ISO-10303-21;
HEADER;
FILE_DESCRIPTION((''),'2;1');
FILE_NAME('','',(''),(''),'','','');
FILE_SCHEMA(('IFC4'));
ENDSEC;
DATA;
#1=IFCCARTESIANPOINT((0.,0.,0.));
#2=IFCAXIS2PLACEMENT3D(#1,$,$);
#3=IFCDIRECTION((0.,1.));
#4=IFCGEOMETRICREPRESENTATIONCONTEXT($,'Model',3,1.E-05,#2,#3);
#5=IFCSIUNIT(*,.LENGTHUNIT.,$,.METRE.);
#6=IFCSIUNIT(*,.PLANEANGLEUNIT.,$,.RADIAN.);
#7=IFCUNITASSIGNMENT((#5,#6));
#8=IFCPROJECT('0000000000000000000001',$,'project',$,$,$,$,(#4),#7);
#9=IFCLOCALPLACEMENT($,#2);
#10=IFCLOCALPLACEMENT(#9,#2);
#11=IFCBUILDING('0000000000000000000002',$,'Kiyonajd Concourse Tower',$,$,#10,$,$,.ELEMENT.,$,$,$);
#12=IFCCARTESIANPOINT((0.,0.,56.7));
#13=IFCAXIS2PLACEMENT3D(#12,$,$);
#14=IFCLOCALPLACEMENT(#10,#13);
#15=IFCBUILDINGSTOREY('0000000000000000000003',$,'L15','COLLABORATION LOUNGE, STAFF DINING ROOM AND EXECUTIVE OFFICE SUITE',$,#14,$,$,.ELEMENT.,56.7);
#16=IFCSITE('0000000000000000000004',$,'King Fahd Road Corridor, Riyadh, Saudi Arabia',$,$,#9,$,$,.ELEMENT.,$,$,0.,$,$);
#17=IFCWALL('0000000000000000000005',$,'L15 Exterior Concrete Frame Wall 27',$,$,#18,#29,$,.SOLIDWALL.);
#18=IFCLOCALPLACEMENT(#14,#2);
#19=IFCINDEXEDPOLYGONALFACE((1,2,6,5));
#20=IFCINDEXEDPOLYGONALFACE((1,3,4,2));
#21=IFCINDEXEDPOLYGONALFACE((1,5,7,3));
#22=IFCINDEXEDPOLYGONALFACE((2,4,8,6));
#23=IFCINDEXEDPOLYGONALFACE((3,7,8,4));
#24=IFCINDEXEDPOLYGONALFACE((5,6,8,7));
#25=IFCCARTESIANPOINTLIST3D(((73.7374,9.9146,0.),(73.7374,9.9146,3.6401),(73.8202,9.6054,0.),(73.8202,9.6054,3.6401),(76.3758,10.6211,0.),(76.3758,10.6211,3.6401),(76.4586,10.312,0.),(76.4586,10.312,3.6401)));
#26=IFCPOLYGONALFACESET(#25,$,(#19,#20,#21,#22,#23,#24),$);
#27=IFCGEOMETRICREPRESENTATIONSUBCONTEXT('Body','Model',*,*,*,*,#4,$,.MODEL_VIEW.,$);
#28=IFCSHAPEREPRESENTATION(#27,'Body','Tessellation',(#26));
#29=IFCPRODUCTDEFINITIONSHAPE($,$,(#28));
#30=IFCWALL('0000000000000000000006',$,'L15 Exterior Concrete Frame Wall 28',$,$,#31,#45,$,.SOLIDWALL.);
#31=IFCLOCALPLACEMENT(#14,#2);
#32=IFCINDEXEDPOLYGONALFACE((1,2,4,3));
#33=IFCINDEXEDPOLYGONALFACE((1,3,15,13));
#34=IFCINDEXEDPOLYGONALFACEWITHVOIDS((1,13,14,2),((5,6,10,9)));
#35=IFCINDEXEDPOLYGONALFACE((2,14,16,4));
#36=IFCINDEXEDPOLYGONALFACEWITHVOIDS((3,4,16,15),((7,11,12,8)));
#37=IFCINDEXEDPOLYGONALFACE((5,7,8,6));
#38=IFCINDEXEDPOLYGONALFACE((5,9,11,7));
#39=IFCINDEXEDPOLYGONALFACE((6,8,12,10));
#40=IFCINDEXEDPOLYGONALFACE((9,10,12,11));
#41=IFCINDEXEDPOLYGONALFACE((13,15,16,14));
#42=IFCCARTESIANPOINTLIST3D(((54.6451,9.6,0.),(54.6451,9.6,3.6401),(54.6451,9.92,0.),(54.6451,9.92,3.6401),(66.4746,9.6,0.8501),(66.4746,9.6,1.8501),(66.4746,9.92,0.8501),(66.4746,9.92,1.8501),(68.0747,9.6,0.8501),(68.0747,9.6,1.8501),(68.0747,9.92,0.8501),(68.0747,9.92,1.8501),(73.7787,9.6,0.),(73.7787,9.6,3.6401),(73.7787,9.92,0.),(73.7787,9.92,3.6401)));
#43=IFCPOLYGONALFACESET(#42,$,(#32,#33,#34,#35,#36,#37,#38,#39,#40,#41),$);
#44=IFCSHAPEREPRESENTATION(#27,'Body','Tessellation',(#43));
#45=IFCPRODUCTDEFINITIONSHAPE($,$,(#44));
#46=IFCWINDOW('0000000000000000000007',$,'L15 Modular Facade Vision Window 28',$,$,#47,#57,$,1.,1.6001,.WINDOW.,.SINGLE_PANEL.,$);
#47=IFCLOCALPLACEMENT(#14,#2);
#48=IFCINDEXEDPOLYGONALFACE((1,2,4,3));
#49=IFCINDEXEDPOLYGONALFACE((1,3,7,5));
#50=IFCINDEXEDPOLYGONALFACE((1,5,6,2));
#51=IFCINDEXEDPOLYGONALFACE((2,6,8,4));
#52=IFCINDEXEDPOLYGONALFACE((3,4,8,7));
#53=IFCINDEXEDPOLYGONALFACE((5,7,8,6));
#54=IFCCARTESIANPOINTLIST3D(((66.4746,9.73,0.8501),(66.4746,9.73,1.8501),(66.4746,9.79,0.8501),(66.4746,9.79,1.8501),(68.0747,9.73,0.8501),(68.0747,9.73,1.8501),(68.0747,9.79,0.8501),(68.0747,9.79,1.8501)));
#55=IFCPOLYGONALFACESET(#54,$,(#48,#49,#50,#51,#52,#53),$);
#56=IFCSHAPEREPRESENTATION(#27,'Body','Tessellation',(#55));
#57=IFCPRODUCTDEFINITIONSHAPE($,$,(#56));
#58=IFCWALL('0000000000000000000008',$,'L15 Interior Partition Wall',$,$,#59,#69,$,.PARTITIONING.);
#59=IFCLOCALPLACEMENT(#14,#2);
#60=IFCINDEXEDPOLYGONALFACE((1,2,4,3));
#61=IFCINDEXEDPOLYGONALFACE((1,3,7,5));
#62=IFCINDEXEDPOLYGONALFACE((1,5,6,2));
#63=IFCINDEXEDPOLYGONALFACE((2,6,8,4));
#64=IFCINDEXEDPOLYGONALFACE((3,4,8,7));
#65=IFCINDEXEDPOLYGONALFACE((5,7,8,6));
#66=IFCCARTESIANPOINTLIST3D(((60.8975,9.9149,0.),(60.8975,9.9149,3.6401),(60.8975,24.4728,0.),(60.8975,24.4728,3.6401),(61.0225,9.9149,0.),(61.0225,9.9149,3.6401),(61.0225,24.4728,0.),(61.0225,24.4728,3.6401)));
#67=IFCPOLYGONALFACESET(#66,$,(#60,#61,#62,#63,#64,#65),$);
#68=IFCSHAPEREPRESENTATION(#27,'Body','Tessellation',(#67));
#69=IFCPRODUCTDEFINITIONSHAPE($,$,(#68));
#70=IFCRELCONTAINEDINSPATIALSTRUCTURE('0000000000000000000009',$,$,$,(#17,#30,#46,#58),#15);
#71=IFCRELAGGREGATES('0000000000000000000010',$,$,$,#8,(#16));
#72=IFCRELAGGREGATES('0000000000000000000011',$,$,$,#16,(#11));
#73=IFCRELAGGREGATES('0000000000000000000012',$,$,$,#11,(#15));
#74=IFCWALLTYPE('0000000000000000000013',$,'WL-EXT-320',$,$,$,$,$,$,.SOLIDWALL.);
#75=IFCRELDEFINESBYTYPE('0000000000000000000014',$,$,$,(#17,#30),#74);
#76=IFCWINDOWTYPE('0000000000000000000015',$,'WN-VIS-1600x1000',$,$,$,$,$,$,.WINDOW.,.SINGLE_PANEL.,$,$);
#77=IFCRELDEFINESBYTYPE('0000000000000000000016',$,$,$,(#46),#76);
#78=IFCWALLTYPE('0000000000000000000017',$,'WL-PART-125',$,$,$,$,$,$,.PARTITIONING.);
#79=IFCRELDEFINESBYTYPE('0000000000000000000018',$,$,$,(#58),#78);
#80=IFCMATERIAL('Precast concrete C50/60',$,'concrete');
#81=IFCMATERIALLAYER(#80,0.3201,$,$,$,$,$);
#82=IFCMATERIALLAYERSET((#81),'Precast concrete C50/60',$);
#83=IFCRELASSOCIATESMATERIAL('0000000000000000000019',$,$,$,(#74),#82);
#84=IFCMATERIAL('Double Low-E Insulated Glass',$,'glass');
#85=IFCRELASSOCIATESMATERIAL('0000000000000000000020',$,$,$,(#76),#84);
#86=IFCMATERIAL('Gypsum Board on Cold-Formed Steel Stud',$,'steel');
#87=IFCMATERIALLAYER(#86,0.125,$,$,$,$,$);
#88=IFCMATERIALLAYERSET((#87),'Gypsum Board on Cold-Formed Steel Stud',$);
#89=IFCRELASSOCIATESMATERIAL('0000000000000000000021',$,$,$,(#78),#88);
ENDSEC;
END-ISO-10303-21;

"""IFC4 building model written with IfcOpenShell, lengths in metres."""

from ifc_helpers import new_model, si_unit, direction, frame, frame_2d, origin, place, context, subcontext, project, spatial, rectangle, extrude, material, layer, layer_set, type_object, element, fill, save


model = new_model("IFC4")

# Units and contexts
model_context = context("Model", 3, precision=1e-05, world=origin(), true_north=direction((0.0, 1.0)))
body_context = subcontext(model_context, "Body", "Model", "MODEL_VIEW")
ifc_project = project(units=[si_unit("LENGTHUNIT", "METRE"), si_unit("PLANEANGLEUNIT", "RADIAN")], contexts=[model_context])

# Site, building, storey
site_placement = place(None, origin())
site = spatial("IfcSite", under=ifc_project, at=site_placement, Name="King Fahd Road Corridor, Riyadh, Saudi Arabia", CompositionType="ELEMENT", RefElevation=0.0)
building_placement = place(site_placement, origin())
building = spatial("IfcBuilding", under=site, at=building_placement, Name="Kiyonajd Concourse Tower", CompositionType="ELEMENT")
storey_placement = place(building_placement, frame((0.0, 0.0, 56.7)))
storey = spatial("IfcBuildingStorey", under=building, at=storey_placement, Name="L15", Description="COLLABORATION LOUNGE, STAFF DINING ROOM AND EXECUTIVE OFFICE SUITE", CompositionType="ELEMENT", Elevation=56.7)

# Shared definitions
ifc_material_1 = material(Name="Precast concrete C50/60", Category="concrete")

# Shared definitions
ifc_material_2 = material(Name="Double Low-E Insulated Glass", Category="glass")

# Wall
ifc_layer_1 = layer(ifc_material_1, 0.3201)
ifc_layer_set_1 = layer_set([ifc_layer_1], Name="Precast concrete C50/60")
wall_type_1 = type_object("IfcWallType", Name="WL-EXT-320", PredefinedType="SOLIDWALL", material=ifc_layer_set_1)
wall_1_placement = place(storey_placement, frame((76.4172, 10.4666, 0.0), z_axis=(0.0, 0.0, 1.0), x_axis=(-0.965964, -0.258675, 0.0)))
element("IfcWall", 1, at=wall_1_placement, inside=storey, type_object=wall_type_1, Name="L15 Exterior Concrete Frame Wall 27", PredefinedType="SOLIDWALL", context=body_context, shape_type="SweptSolid", body=[
    extrude(rectangle(XDim=2.7314, YDim=0.3201, at=frame_2d((1.3657, 0.0))), origin(), (0.0, 0.0, 1.0), 3.6401),
])

# Wall, opening, window
wall_2_placement = place(storey_placement, frame((73.7788, 9.76, 0.0), z_axis=(0.0, 0.0, 1.0), x_axis=(-1.0, 0.0, 0.0)))
wall_2 = element("IfcWall", 2, at=wall_2_placement, inside=storey, type_object=wall_type_1, Name="L15 Exterior Concrete Frame Wall 28", PredefinedType="SOLIDWALL", context=body_context, shape_type="SweptSolid", body=[
    extrude(rectangle(XDim=19.1335, YDim=0.3201, at=frame_2d((9.5669, 0.0))), origin(), (0.0, 0.0, 1.0), 3.6401),
])
opening_placement = place(wall_2_placement, frame((5.7041, 0.0, 0.8501)))
opening = element("IfcOpeningElement", 3, at=opening_placement, cuts=wall_2, PredefinedType="OPENING", context=body_context, shape_type="SweptSolid", body=[
    extrude(rectangle(XDim=1.6001, YDim=1.0, at=frame_2d((0.8, 0.5))), frame((0.0, 0.1699, 0.0), z_axis=(0.0, -1.0, 0.0), x_axis=(1.0, 0.0, 0.0)), (0.0, 0.0, 1.0), 0.3401),
])
window_type = type_object("IfcWindowType", Name="WN-VIS-1600x1000", PartitioningType="SINGLE_PANEL", PredefinedType="WINDOW", material=ifc_material_2)
window_placement = place(opening_placement, origin())
window = element("IfcWindow", 4, at=window_placement, inside=storey, type_object=window_type, Name="L15 Modular Facade Vision Window 28", OverallHeight=1.0, OverallWidth=1.6001, PartitioningType="SINGLE_PANEL", PredefinedType="WINDOW", context=body_context, shape_type="SweptSolid", body=[
    extrude(rectangle(XDim=1.6001, YDim=1.0, at=frame_2d((0.8, 0.5))), frame((0.0, 0.03, 0.0), z_axis=(0.0, -1.0, 0.0), x_axis=(1.0, 0.0, 0.0)), (0.0, 0.0, 1.0), 0.0601),
])
fill(opening, window)

# Wall
ifc_material_3 = material(Name="Gypsum Board on Cold-Formed Steel Stud", Category="steel")
ifc_layer_2 = layer(ifc_material_3, 0.125)
ifc_layer_set_2 = layer_set([ifc_layer_2], Name="Gypsum Board on Cold-Formed Steel Stud")
wall_type_2 = type_object("IfcWallType", Name="WL-PART-125", PredefinedType="PARTITIONING", material=ifc_layer_set_2)
wall_3_placement = place(storey_placement, frame((60.96, 9.915, 0.0), z_axis=(0.0, 0.0, 1.0), x_axis=(0.0, 1.0, 0.0)))
element("IfcWall", 5, at=wall_3_placement, inside=storey, type_object=wall_type_2, Name="L15 Interior Partition Wall", PredefinedType="PARTITIONING", context=body_context, shape_type="SweptSolid", body=[
    extrude(rectangle(XDim=14.5579, YDim=0.125, at=frame_2d((7.2788, 0.0))), origin(), (0.0, 0.0, 1.0), 3.6401),
])

save(model, "model.ifc")
